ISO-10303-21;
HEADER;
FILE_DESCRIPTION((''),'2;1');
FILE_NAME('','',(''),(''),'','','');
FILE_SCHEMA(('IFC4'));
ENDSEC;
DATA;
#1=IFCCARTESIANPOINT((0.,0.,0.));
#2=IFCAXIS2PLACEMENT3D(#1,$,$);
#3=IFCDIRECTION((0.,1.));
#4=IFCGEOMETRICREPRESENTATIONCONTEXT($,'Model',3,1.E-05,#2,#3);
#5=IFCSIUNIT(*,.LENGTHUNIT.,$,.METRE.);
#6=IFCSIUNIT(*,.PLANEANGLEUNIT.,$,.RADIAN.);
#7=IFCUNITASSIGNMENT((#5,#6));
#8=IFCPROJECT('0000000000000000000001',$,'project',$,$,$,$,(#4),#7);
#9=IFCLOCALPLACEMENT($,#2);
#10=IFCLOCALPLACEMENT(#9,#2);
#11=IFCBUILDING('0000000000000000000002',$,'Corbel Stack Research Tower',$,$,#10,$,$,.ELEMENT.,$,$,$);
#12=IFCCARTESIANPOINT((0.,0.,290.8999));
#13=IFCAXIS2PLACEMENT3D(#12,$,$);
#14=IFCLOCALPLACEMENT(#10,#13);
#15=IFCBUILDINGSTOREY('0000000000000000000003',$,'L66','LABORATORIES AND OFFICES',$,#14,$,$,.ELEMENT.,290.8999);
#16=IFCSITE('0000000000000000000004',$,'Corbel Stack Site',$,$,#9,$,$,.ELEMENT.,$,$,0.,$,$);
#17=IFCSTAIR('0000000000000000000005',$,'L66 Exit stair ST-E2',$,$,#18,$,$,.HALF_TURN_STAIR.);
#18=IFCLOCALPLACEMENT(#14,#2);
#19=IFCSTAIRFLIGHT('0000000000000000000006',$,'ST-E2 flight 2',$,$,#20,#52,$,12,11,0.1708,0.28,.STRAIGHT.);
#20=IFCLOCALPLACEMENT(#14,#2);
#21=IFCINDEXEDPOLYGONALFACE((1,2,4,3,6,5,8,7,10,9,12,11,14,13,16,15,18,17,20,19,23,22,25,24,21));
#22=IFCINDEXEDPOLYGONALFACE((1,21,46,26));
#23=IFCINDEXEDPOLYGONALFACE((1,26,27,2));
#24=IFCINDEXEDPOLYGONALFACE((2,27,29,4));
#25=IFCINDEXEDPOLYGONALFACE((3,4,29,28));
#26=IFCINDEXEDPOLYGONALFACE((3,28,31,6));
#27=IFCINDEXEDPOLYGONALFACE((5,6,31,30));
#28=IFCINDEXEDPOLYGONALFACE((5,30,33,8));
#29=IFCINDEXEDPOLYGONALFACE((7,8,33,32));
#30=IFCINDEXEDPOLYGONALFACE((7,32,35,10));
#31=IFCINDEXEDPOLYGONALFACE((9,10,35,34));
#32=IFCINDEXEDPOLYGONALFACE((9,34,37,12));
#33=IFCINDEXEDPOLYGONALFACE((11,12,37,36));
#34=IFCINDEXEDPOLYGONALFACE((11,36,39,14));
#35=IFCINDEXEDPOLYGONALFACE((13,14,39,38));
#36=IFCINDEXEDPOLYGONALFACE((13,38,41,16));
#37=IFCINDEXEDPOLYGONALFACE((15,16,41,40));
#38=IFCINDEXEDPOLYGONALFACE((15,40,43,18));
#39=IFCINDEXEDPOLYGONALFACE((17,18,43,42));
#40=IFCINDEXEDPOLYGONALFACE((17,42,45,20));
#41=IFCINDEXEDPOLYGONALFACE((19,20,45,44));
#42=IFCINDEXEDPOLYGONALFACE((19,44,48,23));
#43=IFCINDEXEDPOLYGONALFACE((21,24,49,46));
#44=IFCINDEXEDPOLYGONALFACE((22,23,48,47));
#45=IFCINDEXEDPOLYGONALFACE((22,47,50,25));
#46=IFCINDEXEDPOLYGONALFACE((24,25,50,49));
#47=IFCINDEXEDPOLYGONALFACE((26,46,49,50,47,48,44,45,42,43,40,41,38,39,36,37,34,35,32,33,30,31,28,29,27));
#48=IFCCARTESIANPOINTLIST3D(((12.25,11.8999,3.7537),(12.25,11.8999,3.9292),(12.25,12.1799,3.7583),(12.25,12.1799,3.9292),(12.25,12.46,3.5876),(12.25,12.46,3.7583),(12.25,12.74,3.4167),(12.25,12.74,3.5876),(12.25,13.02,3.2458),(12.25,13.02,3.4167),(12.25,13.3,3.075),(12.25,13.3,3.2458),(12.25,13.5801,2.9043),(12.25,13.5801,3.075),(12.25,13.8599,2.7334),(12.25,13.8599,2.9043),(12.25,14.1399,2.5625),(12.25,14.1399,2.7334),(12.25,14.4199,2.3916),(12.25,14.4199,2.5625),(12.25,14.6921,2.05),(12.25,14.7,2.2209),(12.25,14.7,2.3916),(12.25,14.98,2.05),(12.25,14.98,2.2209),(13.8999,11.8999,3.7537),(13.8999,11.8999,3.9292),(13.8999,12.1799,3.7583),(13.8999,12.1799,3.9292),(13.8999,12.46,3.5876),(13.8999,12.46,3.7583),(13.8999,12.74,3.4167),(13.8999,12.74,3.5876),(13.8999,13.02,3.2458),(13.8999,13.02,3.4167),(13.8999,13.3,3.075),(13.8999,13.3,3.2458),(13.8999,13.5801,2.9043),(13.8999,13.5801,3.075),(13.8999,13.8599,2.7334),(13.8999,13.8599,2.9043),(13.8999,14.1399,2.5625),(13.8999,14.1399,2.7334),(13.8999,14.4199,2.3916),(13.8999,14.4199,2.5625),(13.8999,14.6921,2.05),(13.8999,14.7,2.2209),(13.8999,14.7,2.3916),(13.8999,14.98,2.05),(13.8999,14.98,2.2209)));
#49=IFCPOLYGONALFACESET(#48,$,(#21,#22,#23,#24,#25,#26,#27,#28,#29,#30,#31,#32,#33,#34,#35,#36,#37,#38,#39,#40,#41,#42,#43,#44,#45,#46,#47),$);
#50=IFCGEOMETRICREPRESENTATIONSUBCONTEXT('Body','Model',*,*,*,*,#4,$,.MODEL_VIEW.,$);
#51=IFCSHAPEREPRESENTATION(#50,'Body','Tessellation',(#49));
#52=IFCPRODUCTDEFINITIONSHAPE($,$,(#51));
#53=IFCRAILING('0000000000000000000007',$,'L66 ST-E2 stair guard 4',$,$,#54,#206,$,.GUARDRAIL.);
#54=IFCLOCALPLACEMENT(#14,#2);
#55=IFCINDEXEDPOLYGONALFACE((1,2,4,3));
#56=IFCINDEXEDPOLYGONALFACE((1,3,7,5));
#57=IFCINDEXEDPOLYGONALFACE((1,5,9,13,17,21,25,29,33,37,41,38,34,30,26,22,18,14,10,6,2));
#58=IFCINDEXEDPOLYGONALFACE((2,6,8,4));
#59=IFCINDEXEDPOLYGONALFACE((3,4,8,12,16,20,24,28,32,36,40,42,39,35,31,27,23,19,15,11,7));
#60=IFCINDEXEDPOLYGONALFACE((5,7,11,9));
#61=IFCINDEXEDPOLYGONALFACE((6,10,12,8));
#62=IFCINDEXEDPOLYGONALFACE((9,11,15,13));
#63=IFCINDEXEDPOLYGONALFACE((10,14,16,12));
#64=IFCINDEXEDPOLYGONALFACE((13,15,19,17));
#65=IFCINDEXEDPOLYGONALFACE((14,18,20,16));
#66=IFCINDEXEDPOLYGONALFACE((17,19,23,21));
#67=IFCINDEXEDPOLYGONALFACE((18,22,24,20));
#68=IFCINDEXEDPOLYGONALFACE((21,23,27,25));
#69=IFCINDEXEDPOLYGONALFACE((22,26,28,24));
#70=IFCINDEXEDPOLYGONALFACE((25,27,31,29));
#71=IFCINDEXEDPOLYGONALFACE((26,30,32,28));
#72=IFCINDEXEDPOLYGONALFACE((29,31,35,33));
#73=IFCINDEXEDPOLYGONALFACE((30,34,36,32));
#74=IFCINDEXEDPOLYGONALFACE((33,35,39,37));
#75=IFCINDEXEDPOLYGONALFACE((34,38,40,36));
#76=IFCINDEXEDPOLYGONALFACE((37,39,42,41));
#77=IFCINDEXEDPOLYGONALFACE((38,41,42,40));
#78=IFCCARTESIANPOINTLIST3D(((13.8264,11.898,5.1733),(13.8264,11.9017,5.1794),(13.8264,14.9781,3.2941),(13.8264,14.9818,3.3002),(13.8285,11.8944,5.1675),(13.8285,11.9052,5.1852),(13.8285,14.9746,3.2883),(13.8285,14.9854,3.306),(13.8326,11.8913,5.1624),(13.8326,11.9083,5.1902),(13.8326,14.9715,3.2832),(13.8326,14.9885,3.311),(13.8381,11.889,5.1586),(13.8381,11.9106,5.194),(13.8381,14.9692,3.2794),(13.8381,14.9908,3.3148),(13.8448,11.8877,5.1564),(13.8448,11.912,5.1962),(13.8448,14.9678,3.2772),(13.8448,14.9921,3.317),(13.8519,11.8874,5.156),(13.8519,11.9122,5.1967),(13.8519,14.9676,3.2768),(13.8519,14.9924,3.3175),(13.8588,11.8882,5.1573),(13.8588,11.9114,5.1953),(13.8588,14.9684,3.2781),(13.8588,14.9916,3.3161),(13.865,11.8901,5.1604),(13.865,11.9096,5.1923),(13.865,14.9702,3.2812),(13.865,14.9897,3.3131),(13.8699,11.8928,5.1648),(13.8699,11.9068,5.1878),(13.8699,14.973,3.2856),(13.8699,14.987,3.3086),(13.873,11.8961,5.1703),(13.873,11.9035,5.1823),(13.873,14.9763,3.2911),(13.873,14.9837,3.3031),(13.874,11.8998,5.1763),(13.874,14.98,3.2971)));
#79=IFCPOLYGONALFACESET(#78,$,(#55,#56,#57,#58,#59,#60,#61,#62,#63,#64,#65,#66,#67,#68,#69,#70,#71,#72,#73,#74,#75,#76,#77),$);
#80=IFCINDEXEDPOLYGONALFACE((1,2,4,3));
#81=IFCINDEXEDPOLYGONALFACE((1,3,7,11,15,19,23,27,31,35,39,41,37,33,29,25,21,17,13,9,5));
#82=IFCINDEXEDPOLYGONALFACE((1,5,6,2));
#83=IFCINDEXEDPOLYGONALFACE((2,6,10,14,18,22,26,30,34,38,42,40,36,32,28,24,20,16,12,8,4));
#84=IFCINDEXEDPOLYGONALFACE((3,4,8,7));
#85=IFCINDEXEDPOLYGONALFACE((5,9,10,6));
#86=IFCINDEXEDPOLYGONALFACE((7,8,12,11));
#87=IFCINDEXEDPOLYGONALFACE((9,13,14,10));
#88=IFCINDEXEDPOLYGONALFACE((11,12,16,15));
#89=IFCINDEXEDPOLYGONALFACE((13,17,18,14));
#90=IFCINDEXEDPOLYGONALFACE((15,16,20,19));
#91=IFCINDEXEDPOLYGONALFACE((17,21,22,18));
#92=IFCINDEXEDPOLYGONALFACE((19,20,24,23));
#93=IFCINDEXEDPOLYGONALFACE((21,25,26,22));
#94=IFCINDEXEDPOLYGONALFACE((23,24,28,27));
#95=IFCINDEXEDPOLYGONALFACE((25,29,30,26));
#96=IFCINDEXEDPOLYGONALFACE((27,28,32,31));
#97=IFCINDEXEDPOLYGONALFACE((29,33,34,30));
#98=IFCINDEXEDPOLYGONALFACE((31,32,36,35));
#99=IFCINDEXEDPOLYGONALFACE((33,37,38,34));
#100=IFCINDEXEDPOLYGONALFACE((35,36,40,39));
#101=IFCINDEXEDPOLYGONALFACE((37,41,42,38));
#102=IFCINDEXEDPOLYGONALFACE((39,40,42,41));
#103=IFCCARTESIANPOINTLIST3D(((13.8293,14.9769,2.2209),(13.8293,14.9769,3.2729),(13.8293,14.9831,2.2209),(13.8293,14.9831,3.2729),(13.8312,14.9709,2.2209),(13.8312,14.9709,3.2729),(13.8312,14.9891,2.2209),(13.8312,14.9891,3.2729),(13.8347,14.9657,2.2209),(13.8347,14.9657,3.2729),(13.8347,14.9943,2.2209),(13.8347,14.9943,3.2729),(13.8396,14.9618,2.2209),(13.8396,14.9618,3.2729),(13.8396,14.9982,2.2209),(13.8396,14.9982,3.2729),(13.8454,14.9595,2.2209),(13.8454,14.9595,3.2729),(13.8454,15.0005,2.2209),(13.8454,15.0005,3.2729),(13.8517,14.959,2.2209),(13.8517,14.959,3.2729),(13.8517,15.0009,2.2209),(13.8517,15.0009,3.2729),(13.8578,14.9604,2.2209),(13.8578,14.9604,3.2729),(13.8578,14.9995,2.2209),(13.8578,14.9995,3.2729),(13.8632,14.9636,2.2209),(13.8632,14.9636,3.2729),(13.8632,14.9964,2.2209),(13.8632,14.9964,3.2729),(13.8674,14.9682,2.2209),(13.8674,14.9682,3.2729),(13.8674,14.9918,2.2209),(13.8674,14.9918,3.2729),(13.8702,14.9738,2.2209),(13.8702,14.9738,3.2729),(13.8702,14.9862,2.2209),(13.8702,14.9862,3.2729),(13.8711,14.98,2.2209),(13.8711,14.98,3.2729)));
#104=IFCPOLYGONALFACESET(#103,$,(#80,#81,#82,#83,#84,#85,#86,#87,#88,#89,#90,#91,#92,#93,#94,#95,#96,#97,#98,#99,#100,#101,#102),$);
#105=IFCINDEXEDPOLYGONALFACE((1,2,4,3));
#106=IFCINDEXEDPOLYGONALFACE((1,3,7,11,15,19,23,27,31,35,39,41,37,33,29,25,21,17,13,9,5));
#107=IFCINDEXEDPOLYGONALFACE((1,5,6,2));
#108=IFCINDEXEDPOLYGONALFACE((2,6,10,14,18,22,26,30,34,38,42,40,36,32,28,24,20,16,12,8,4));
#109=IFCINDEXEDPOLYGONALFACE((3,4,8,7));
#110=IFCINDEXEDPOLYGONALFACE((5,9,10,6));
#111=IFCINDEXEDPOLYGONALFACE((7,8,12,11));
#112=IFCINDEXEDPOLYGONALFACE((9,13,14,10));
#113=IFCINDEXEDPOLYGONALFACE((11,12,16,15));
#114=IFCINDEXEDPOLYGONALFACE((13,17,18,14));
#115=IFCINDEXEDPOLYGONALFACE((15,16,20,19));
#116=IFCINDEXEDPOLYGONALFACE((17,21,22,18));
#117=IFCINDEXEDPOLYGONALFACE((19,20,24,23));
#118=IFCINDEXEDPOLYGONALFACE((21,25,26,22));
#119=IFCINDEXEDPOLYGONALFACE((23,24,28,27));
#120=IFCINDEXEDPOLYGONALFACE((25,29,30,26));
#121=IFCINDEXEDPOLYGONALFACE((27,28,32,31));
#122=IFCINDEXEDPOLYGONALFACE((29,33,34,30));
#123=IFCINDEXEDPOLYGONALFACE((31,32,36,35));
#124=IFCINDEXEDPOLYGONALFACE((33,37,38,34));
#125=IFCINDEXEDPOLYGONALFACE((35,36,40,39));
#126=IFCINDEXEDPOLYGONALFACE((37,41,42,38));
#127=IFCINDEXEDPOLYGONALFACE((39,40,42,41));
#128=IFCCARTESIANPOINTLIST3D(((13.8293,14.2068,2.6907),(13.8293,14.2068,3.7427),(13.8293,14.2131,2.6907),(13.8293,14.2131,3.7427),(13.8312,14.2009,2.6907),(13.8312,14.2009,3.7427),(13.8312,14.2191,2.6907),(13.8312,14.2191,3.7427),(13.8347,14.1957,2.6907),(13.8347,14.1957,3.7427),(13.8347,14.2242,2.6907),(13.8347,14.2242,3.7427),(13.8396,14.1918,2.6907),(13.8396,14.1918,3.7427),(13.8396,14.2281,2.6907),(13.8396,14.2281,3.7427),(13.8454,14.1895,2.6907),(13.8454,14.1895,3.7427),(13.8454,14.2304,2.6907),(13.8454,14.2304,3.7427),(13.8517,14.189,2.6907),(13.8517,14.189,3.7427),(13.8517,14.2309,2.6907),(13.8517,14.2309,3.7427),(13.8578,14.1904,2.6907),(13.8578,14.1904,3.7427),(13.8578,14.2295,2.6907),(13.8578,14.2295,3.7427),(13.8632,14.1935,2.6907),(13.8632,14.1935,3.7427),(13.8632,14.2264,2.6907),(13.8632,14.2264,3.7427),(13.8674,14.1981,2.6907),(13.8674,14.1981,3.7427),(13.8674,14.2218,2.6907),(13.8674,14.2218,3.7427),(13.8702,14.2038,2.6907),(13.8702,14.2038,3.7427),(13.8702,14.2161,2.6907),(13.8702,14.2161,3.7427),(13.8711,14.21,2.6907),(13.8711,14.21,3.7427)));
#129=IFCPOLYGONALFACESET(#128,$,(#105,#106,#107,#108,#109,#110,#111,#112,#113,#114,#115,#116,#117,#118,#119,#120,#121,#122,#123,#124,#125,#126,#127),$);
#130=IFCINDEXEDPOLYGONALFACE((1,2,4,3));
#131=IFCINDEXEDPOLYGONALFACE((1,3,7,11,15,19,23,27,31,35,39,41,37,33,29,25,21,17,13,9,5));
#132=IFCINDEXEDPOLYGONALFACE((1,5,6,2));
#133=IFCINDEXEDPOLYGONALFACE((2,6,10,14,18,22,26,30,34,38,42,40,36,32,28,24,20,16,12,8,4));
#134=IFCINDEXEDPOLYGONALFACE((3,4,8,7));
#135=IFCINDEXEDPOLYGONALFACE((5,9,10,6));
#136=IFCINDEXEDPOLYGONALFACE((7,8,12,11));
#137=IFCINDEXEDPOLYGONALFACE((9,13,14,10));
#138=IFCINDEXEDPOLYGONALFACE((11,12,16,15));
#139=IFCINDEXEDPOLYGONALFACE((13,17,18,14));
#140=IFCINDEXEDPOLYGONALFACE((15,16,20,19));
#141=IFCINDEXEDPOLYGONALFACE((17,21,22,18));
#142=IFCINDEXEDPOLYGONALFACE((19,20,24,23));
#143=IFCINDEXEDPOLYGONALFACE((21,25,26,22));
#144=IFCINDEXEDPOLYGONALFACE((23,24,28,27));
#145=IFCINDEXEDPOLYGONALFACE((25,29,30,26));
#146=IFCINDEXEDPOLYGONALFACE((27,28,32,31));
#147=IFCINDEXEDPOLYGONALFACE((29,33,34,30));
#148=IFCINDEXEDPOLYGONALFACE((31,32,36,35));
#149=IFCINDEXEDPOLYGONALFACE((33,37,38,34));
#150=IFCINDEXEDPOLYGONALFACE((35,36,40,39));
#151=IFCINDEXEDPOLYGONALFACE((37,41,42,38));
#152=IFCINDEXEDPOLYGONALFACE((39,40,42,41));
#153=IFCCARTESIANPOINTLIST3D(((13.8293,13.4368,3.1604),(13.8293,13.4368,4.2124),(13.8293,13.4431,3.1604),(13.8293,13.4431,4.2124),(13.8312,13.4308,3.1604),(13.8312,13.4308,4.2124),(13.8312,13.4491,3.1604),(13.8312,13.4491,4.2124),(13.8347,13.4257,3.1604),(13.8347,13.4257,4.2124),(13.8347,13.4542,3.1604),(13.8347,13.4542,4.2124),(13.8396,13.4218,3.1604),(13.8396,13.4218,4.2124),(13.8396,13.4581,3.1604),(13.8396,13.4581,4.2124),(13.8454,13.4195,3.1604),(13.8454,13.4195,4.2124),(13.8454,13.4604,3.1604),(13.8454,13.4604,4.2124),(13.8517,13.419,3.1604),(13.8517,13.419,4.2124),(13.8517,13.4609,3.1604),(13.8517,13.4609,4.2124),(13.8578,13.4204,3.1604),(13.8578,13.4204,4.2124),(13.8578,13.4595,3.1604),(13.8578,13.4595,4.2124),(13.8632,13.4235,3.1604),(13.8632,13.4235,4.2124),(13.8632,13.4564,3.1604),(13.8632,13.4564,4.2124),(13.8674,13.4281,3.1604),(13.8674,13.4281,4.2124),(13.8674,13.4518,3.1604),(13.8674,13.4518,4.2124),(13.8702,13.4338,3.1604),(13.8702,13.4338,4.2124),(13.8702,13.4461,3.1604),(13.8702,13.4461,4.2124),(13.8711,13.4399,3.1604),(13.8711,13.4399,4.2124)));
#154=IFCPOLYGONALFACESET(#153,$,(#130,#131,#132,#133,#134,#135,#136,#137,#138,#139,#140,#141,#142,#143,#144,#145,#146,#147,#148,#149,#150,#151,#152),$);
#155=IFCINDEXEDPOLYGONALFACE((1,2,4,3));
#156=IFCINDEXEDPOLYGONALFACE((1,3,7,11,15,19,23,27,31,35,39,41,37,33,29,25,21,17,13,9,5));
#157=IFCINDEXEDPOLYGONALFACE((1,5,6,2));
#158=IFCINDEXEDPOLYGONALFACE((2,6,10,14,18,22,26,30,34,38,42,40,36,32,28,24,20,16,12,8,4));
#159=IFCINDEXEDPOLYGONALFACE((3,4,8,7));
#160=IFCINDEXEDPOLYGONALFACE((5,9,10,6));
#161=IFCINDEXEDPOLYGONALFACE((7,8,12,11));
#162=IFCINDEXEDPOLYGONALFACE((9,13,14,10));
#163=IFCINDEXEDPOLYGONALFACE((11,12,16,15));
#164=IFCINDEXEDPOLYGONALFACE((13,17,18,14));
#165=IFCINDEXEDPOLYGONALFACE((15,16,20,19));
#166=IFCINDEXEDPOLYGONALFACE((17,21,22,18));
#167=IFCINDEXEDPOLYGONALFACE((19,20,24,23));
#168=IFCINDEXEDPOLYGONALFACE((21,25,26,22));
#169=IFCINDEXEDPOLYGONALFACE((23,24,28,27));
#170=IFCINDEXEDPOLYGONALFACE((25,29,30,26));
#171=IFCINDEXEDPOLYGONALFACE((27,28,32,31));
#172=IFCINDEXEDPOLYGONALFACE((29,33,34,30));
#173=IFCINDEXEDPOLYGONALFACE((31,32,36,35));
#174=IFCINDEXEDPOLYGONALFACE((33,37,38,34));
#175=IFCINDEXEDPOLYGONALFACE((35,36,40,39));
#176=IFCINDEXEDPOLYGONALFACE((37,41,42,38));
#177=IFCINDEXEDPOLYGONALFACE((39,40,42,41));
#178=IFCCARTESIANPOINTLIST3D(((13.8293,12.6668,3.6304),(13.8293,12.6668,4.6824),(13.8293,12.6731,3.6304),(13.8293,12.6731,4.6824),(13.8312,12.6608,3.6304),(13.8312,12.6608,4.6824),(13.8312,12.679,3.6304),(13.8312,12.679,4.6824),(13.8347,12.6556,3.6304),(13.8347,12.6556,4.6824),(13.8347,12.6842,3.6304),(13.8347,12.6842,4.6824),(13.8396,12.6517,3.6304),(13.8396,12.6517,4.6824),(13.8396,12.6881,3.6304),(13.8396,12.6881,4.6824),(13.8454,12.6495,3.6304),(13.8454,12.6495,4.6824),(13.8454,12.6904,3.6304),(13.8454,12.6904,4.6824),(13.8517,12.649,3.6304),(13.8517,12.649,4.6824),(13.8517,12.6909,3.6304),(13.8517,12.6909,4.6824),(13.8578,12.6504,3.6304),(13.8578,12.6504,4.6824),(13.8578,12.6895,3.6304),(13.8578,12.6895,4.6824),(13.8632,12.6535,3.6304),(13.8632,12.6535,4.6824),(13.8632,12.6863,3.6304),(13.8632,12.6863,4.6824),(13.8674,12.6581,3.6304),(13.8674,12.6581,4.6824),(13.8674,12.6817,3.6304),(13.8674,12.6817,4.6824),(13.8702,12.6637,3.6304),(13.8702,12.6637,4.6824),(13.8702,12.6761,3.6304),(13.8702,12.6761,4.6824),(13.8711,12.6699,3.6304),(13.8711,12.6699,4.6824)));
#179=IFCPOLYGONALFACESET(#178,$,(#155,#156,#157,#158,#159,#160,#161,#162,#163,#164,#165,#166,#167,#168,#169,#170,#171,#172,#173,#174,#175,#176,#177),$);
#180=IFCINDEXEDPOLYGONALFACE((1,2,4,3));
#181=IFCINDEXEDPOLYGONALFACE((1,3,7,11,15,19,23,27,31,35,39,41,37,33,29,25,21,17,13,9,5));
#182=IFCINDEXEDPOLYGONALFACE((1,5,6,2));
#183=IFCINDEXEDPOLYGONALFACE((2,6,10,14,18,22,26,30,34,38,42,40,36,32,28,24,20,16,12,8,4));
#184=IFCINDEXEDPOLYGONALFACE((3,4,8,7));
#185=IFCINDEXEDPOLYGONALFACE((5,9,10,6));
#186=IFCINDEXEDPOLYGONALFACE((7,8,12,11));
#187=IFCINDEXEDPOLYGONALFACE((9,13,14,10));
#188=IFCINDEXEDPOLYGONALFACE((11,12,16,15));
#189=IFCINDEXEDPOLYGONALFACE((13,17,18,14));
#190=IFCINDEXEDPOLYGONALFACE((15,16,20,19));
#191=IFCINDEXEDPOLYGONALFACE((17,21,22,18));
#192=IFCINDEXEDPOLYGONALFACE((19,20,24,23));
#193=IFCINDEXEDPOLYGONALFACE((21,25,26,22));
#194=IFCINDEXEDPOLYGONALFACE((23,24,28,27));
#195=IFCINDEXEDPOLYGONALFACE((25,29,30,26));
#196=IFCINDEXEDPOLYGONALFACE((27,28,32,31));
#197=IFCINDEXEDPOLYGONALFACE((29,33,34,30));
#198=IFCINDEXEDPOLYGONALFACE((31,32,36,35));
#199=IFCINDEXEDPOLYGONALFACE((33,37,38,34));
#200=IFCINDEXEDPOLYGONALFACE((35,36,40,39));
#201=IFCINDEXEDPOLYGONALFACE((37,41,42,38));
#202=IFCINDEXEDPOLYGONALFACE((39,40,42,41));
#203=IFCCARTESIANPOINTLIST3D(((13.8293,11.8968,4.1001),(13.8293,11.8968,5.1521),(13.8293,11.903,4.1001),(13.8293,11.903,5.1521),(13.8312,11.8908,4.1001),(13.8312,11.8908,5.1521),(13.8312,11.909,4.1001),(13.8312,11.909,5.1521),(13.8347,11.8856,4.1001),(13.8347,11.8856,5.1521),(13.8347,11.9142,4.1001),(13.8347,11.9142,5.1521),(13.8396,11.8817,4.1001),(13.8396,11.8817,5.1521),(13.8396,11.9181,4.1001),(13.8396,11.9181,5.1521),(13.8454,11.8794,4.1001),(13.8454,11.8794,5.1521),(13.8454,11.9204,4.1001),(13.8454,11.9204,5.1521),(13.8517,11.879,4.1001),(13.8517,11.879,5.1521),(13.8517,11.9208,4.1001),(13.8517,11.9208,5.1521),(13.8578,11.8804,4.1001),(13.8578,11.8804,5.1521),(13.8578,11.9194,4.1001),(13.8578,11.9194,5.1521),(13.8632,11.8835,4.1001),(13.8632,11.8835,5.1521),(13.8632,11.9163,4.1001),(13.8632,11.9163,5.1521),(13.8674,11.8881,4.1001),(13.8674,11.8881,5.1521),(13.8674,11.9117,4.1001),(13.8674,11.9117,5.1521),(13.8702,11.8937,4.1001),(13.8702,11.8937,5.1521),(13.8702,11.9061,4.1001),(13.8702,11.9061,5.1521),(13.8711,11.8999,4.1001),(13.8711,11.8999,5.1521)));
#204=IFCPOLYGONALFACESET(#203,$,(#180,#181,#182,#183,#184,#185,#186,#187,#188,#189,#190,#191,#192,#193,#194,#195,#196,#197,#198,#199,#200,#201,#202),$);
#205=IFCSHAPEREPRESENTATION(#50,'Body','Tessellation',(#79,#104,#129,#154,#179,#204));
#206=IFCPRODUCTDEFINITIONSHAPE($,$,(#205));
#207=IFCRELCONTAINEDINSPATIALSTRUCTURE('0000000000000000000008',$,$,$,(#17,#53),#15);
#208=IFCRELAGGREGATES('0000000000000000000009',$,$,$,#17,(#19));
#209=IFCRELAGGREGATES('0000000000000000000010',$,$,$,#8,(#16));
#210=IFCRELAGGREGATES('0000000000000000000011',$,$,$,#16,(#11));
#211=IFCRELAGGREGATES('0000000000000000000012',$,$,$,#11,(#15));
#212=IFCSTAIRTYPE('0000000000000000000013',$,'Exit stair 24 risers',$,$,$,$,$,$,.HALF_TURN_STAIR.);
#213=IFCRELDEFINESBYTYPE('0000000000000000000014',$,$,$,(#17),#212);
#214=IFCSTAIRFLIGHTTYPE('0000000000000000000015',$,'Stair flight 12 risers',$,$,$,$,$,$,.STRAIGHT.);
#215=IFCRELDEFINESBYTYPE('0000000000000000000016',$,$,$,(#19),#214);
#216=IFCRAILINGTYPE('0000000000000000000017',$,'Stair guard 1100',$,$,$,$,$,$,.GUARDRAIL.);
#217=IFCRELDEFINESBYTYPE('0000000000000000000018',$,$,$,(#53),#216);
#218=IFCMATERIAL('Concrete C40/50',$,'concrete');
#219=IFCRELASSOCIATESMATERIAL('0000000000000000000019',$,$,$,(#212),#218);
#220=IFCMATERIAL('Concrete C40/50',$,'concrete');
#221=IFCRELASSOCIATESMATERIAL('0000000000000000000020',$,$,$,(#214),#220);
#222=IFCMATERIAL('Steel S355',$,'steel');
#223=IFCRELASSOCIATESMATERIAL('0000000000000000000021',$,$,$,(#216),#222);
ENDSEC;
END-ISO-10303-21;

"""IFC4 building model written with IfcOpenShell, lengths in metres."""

from ifc_helpers import new_model, si_unit, direction, frame, origin, origin_2d, place, context, subcontext, project, spatial, polyline, circle, outline, extrude, material, type_object, element, aggregate, save


model = new_model("IFC4")

# Units and contexts
model_context = context("Model", 3, precision=1e-05, world=origin(), true_north=direction((0.0, 1.0)))
body_context = subcontext(model_context, "Body", "Model", "MODEL_VIEW")
ifc_project = project(units=[si_unit("LENGTHUNIT", "METRE"), si_unit("PLANEANGLEUNIT", "RADIAN")], contexts=[model_context])

# Site, building, storey
site_placement = place(None, origin())
site = spatial("IfcSite", under=ifc_project, at=site_placement, Name="Corbel Stack Site", CompositionType="ELEMENT", RefElevation=0.0)
building_placement = place(site_placement, origin())
building = spatial("IfcBuilding", under=site, at=building_placement, Name="Corbel Stack Research Tower", CompositionType="ELEMENT")
storey_placement = place(building_placement, frame((0.0, 0.0, 290.8999)))
storey = spatial("IfcBuildingStorey", under=building, at=storey_placement, Name="L66", Description="LABORATORIES AND OFFICES", CompositionType="ELEMENT", Elevation=290.8999)

# Stair, stair flight
ifc_material_1 = material(Name="Concrete C40/50", Category="concrete")
stair_type = type_object("IfcStairType", Name="Exit stair 24 risers", PredefinedType="HALF_TURN_STAIR", material=ifc_material_1)
stair_placement = place(storey_placement, origin())
stair = element("IfcStair", 1, at=stair_placement, inside=storey, type_object=stair_type, Name="L66 Exit stair ST-E2", PredefinedType="HALF_TURN_STAIR")
ifc_material_2 = material(Name="Concrete C40/50", Category="concrete")
stair_flight_type = type_object("IfcStairFlightType", Name="Stair flight 12 risers", PredefinedType="STRAIGHT", material=ifc_material_2)
stair_flight_placement = place(storey_placement, frame((13.075, 14.98, 2.05), z_axis=(0.0, 0.0, 1.0), x_axis=(0.0, -1.0, 0.0)))
stair_flight = element("IfcStairFlight", 2, at=stair_flight_placement, type_object=stair_flight_type, Name="ST-E2 flight 2", NumberOfRisers=12, NumberOfTreads=11, PredefinedType="STRAIGHT", RiserHeight=0.1708, TreadLength=0.28, context=body_context, shape_type="SweptSolid", body=[
    extrude(outline(polyline([(0.0, 0.0), (0.0, 0.1709), (0.28, 0.1709), (0.28, 0.3416), (0.5601, 0.3416), (0.5601, 0.5125), (0.8401, 0.5125), (0.8401, 0.6833), (1.1201, 0.6833), (1.1201, 0.8542), (1.3999, 0.8542), (1.3999, 1.0249), (1.6799, 1.0249), (1.6799, 1.1958), (1.96, 1.1958), (1.96, 1.3667), (2.24, 1.3667), (2.24, 1.5376), (2.52, 1.5376), (2.52, 1.7083), (2.8, 1.7083), (2.8, 1.8792), (3.0801, 1.8792), (3.0801, 2.05), (3.0801, 1.7036), (0.2878, 0.0), (0.0, 0.0)])), frame((0.0, 0.825, 0.0), z_axis=(0.0, -1.0, 0.0), x_axis=(1.0, 0.0, 0.0)), (0.0, 0.0, 1.0), 1.6499),
])
aggregate(stair, [stair_flight])

# Railing
ifc_material_3 = material(Name="Steel S355", Category="steel")
railing_type_1 = type_object("IfcRailingType", Name="Stair guard 1100", PredefinedType="GUARDRAIL", material=ifc_material_3)
railing_1_placement = place(storey_placement, frame((13.8501, 14.98, 2.2209)))
element("IfcRailing", 3, at=railing_1_placement, inside=storey, type_object=railing_type_1, Name="L66 ST-E2 stair guard 4", PredefinedType="GUARDRAIL", context=body_context, shape_type="SweptSolid", body=[
    extrude(circle(Radius=0.0239, at=origin_2d()), frame((0.0, 0.0, 1.0762), z_axis=(0.0, -0.853666, 0.52082), x_axis=(1.0, 0.0, 0.0)), (0.0, 0.0, 1.0), 3.6082),
    extrude(circle(Radius=0.021, at=origin_2d()), origin(), (0.0, 0.0, 1.0), 1.052),
    extrude(circle(Radius=0.021, at=origin_2d()), frame((0.0, -0.77, 0.4697)), (0.0, 0.0, 1.0), 1.052),
    extrude(circle(Radius=0.021, at=origin_2d()), frame((0.0, -1.54, 0.9395)), (0.0, 0.0, 1.0), 1.052),
    extrude(circle(Radius=0.021, at=origin_2d()), frame((0.0, -2.3101, 1.4094)), (0.0, 0.0, 1.0), 1.052),
    extrude(circle(Radius=0.021, at=origin_2d()), frame((0.0, -3.0801, 1.8792)), (0.0, 0.0, 1.0), 1.052),
])

save(model, "model.ifc")
